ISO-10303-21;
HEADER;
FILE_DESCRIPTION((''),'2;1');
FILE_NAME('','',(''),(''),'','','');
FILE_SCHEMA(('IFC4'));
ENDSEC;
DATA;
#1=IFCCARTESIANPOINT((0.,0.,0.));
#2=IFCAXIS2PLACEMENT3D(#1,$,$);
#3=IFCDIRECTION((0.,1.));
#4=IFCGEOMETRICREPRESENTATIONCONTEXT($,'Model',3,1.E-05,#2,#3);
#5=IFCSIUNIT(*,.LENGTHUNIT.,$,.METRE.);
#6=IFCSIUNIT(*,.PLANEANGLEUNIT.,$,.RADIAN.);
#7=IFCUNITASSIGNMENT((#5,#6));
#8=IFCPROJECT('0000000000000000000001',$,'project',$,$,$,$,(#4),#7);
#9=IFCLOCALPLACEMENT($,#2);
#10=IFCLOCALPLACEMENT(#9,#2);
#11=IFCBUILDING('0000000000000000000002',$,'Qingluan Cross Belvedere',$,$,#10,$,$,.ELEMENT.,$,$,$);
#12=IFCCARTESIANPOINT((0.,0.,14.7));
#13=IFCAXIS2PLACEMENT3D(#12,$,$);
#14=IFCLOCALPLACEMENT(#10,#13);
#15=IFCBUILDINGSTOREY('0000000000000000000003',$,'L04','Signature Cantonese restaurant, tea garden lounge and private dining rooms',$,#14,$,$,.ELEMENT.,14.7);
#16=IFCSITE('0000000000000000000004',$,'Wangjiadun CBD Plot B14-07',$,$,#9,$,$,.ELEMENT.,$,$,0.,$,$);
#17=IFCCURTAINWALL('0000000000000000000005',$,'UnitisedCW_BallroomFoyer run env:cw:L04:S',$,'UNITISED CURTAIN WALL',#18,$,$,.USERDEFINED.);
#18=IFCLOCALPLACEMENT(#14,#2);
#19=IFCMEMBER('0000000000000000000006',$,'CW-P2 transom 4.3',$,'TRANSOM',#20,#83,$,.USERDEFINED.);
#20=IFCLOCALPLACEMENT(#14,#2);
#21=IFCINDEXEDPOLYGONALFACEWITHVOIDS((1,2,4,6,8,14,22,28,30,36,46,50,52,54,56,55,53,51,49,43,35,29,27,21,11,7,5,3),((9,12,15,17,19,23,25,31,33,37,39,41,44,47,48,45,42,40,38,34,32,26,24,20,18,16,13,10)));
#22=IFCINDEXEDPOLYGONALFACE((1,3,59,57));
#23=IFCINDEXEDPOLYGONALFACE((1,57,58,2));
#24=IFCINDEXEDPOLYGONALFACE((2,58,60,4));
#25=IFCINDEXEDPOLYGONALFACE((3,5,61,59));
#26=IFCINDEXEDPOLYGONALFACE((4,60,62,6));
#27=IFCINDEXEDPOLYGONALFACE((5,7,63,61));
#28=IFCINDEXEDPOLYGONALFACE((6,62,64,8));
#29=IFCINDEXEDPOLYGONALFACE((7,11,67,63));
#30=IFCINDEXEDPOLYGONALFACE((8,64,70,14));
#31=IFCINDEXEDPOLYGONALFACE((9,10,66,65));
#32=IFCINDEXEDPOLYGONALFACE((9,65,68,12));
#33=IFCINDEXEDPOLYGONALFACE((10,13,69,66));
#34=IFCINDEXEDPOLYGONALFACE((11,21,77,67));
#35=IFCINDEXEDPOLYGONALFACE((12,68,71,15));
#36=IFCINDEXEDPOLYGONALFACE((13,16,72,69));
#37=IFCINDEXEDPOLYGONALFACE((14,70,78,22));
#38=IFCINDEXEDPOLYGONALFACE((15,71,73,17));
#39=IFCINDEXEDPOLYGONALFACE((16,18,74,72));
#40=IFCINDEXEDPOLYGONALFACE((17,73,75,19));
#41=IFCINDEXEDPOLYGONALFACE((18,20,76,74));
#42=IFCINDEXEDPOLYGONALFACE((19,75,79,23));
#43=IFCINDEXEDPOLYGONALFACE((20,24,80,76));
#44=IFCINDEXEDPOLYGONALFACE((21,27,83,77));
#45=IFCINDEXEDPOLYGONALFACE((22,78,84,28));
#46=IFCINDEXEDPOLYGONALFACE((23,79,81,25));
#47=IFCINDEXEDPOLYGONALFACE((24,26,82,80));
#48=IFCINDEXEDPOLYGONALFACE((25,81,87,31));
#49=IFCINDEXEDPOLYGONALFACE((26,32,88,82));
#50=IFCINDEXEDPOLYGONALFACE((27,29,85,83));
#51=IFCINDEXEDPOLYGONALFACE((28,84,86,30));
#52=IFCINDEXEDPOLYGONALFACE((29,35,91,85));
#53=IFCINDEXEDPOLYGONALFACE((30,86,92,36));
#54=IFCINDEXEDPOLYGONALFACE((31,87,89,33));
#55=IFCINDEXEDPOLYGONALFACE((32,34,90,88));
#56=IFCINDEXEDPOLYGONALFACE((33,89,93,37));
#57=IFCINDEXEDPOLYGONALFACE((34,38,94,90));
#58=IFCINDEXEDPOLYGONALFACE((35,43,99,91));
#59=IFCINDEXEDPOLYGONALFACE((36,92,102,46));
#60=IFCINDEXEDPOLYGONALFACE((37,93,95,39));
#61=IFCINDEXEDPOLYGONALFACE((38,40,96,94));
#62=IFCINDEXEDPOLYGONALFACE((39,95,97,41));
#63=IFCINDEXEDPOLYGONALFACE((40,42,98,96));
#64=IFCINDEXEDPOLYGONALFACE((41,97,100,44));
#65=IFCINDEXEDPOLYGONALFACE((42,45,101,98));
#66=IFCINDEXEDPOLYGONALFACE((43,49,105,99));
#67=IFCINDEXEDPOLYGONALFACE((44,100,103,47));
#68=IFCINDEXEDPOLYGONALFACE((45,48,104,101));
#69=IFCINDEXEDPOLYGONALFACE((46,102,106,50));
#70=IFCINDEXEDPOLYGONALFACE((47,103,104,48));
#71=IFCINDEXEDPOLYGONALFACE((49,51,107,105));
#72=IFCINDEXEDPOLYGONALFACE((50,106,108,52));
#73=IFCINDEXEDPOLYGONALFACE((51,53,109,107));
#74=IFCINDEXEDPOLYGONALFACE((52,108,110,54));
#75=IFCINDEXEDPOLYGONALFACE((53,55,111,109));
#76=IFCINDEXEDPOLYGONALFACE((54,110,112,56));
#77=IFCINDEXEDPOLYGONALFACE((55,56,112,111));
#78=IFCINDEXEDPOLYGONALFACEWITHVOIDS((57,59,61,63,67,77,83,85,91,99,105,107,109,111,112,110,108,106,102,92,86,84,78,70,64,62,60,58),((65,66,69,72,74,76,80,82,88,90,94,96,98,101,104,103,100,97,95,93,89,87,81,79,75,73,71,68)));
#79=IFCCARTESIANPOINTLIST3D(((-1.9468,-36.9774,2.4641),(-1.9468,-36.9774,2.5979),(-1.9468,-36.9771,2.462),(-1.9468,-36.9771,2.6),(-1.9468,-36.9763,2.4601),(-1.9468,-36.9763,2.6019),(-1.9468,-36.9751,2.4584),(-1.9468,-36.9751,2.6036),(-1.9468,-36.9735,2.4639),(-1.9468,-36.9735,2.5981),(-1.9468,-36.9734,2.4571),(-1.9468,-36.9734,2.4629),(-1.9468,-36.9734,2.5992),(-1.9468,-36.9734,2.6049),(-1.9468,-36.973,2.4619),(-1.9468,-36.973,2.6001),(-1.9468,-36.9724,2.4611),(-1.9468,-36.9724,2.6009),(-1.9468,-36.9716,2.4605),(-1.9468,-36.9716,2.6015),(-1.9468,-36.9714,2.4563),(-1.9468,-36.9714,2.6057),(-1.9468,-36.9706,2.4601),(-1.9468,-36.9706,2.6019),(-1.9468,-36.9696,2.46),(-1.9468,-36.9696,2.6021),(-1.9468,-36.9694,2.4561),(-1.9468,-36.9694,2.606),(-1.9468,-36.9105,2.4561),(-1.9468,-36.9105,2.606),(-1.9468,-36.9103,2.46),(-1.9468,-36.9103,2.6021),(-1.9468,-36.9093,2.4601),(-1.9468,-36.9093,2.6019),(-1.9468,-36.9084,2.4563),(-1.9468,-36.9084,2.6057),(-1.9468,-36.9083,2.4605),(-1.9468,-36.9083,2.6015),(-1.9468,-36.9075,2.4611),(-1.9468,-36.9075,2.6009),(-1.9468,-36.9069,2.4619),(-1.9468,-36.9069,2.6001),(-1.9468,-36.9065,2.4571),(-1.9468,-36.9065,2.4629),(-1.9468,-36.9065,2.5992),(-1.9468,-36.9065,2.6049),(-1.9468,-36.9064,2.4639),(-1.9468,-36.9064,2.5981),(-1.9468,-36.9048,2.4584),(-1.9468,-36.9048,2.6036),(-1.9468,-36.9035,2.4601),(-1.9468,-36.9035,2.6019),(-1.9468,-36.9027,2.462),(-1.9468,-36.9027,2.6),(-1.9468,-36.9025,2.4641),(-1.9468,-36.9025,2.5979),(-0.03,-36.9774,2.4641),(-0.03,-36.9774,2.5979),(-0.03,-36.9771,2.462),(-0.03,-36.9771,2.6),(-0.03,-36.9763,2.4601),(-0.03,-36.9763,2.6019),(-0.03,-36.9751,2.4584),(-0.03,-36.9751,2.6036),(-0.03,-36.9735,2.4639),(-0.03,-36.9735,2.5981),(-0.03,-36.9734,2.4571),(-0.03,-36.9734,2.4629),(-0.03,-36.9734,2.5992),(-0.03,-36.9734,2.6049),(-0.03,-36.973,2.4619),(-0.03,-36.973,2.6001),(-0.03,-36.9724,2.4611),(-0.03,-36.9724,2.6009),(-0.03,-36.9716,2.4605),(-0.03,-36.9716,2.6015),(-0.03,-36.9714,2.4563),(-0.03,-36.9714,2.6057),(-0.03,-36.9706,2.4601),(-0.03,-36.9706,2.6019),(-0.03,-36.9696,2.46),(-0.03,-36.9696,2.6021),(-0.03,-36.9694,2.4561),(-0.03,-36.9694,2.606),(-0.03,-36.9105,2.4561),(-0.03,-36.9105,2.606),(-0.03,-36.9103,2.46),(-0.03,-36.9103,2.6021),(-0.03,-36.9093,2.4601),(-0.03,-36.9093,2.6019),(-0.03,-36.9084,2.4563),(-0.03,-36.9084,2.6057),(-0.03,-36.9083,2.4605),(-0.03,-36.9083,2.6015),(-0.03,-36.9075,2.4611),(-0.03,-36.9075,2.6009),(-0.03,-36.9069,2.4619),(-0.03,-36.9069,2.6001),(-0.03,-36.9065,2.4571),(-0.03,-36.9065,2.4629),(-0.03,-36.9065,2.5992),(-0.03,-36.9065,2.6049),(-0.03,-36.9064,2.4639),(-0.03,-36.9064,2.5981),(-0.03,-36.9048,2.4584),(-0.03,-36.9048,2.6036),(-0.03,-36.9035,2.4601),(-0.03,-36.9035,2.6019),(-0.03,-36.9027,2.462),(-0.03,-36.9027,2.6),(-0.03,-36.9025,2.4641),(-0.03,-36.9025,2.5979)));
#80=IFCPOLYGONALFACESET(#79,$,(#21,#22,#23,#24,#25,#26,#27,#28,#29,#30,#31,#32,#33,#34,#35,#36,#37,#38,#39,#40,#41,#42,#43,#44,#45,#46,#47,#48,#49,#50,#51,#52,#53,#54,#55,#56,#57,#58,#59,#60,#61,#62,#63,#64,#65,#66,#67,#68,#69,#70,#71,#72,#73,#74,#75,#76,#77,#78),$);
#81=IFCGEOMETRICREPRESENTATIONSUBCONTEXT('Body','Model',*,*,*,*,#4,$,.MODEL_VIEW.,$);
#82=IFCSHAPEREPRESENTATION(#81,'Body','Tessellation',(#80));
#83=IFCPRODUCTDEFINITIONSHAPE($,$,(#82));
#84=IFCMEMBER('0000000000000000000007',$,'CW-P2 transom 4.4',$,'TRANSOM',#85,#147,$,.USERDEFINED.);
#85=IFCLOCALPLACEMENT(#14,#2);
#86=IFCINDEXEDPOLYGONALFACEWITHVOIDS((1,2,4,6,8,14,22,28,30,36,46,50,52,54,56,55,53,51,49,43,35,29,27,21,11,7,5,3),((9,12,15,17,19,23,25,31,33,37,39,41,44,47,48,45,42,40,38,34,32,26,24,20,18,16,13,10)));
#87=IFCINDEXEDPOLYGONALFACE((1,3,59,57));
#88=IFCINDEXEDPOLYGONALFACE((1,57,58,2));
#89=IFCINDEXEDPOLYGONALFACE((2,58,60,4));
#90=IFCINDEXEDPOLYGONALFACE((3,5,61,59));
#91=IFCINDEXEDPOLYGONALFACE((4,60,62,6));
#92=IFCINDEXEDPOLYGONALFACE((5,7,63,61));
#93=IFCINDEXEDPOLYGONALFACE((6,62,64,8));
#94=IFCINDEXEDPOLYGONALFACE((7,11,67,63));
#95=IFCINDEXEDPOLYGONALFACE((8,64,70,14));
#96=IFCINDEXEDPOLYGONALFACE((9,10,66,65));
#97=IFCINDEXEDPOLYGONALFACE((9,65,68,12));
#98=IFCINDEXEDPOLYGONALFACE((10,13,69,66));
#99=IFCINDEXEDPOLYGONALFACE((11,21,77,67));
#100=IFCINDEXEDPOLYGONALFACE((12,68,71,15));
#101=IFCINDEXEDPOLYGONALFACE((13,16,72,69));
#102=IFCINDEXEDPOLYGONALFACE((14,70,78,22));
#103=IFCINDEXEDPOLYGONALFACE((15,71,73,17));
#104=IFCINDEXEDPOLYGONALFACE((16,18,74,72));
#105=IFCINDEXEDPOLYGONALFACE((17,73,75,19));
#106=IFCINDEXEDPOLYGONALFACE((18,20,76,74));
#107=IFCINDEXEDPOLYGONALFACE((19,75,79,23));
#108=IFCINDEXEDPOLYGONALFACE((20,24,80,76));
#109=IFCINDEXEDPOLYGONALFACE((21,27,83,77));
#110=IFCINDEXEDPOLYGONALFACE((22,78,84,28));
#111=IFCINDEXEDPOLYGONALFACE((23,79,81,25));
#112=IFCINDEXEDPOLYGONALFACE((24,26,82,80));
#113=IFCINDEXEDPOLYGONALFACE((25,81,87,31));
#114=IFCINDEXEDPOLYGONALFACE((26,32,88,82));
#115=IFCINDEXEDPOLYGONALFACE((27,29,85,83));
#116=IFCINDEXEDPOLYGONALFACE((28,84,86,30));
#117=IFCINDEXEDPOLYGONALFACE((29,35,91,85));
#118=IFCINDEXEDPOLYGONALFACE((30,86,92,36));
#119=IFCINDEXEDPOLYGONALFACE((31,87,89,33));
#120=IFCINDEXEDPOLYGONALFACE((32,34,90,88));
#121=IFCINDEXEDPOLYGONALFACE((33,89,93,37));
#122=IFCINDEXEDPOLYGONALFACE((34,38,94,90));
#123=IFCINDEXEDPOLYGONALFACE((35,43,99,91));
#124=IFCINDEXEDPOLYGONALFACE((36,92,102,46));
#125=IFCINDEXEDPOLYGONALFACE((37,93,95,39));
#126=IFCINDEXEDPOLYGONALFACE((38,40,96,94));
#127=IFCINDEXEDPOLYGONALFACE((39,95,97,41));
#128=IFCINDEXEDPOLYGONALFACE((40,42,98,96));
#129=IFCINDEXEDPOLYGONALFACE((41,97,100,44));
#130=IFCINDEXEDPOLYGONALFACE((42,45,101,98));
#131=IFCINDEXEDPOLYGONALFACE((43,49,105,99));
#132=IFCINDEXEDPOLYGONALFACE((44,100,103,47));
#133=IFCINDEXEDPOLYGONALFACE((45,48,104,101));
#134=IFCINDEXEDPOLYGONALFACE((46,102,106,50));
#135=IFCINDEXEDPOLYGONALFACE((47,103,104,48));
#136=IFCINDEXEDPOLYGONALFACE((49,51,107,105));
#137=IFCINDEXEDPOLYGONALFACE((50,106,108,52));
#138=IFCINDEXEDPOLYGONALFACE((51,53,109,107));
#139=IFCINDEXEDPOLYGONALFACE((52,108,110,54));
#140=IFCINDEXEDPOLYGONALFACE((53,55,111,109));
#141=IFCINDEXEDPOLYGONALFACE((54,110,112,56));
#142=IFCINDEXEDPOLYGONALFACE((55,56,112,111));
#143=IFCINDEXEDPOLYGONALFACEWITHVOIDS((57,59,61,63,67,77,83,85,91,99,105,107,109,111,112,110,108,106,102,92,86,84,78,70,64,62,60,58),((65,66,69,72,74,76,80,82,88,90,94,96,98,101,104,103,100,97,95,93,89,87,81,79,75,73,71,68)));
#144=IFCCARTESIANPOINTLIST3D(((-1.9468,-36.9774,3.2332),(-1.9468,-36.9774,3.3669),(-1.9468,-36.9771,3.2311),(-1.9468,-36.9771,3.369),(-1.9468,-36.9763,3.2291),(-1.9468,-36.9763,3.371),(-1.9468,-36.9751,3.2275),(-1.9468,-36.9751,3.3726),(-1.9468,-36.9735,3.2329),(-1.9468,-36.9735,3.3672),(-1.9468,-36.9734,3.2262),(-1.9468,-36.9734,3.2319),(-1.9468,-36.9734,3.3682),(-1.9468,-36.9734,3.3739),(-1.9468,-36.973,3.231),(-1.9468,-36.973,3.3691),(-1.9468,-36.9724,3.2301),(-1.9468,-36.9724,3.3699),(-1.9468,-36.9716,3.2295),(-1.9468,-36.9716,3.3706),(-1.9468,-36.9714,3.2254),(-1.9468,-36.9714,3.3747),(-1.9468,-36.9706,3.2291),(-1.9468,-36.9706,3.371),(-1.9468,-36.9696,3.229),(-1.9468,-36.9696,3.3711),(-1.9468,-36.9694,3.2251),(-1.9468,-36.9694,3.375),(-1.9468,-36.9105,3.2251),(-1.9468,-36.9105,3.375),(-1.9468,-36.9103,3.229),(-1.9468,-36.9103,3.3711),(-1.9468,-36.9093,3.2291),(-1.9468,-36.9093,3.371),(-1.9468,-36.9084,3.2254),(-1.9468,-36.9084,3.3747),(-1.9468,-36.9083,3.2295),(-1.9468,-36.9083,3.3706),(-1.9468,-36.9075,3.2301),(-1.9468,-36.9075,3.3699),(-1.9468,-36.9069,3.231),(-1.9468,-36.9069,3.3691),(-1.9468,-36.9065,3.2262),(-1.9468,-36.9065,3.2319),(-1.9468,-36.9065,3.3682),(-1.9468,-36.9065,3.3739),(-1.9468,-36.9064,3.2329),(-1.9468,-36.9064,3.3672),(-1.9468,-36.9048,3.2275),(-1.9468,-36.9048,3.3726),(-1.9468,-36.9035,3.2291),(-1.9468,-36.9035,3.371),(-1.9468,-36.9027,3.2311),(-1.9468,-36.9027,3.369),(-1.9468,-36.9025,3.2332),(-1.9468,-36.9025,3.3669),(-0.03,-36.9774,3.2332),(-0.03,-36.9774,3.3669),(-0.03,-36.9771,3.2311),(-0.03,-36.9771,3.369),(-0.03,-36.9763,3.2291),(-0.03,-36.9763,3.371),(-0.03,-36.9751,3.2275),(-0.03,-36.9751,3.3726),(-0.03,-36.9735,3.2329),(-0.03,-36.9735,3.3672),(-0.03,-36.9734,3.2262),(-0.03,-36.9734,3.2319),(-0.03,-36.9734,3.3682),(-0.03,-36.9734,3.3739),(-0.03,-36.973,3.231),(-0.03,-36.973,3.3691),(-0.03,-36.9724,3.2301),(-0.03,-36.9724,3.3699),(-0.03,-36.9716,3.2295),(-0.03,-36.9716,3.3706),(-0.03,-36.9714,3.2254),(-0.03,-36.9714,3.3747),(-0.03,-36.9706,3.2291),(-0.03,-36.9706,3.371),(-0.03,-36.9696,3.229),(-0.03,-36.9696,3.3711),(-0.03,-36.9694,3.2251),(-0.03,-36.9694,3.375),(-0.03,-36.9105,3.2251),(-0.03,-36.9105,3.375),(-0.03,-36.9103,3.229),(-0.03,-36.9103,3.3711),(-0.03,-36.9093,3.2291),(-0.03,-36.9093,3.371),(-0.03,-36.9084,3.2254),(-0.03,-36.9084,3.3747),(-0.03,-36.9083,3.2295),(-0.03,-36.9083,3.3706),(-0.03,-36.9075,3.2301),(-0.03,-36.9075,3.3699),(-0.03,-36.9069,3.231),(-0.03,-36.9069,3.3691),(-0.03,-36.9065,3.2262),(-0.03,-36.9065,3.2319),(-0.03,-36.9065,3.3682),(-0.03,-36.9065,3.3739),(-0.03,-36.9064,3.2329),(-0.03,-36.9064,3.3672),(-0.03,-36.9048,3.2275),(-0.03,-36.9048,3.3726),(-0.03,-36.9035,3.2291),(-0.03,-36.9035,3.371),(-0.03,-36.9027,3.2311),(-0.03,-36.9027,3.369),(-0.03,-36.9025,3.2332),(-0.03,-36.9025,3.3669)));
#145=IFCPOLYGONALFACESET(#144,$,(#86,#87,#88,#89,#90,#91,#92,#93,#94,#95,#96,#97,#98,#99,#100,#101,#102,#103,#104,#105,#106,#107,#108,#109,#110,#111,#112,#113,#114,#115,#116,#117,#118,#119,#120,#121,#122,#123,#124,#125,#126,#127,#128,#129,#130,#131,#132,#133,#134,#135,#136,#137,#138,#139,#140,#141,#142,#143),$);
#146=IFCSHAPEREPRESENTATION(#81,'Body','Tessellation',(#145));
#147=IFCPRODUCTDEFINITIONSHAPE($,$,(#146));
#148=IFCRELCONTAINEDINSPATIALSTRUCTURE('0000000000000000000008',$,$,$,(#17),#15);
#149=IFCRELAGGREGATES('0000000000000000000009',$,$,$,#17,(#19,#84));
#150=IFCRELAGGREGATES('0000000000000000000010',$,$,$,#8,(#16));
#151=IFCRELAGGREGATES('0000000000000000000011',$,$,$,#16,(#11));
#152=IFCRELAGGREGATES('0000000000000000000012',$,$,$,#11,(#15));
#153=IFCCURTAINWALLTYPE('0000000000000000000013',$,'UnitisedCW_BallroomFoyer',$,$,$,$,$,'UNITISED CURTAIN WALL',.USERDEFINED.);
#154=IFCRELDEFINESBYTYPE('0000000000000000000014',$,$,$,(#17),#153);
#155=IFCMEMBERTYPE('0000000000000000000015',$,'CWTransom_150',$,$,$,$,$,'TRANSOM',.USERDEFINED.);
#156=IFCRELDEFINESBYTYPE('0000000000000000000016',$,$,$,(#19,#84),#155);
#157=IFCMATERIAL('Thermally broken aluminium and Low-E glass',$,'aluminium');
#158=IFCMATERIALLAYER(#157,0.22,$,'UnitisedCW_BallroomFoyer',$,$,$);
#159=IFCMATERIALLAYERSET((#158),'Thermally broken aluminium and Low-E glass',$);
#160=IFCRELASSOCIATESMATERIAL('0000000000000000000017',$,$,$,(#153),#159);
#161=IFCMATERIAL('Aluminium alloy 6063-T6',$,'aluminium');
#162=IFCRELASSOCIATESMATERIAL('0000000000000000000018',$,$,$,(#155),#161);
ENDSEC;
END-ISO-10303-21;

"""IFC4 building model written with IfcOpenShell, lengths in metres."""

from ifc_helpers import new_model, si_unit, direction, frame, origin, origin_2d, place, context, subcontext, project, spatial, hollow_rectangle, extrude, material, layer, layer_set, material_profile, profile_set, type_object, element, aggregate, save


model = new_model("IFC4")

# Units and contexts
model_context = context("Model", 3, precision=1e-05, world=origin(), true_north=direction((0.0, 1.0)))
body_context = subcontext(model_context, "Body", "Model", "MODEL_VIEW")
ifc_project = project(units=[si_unit("LENGTHUNIT", "METRE"), si_unit("PLANEANGLEUNIT", "RADIAN")], contexts=[model_context])

# Site, building, storey
site_placement = place(None, origin())
site = spatial("IfcSite", under=ifc_project, at=site_placement, Name="Wangjiadun CBD Plot B14-07", CompositionType="ELEMENT", RefElevation=0.0)
building_placement = place(site_placement, origin())
building = spatial("IfcBuilding", under=site, at=building_placement, Name="Qingluan Cross Belvedere", CompositionType="ELEMENT")
storey_placement = place(building_placement, frame((0.0, 0.0, 14.7)))
storey = spatial("IfcBuildingStorey", under=building, at=storey_placement, Name="L04", Description="Signature Cantonese restaurant, tea garden lounge and private dining rooms", CompositionType="ELEMENT", Elevation=14.7)

# Curtain wall, members
ifc_material_1 = material(Name="Thermally broken aluminium and Low-E glass", Category="aluminium")
ifc_layer_1 = layer(ifc_material_1, 0.22, Name="UnitisedCW_BallroomFoyer")
ifc_layer_set_1 = layer_set([ifc_layer_1], Name="Thermally broken aluminium and Low-E glass")
curtain_wall_type = type_object("IfcCurtainWallType", Name="UnitisedCW_BallroomFoyer", ElementType="UNITISED CURTAIN WALL", PredefinedType="USERDEFINED", material=ifc_layer_set_1)
curtain_wall_placement = place(storey_placement, origin())
curtain_wall = element("IfcCurtainWall", 1, at=curtain_wall_placement, inside=storey, type_object=curtain_wall_type, Name="UnitisedCW_BallroomFoyer run env:cw:L04:S", ObjectType="UNITISED CURTAIN WALL", PredefinedType="USERDEFINED")
ifc_material_2 = material(Name="Aluminium alloy 6063-T6", Category="aluminium")
ifc_material_profile_1 = material_profile(ifc_material_2, hollow_rectangle(XDim=0.075, YDim=0.1499, WallThickness=0.0039, InnerFilletRadius=0.0039, OuterFilletRadius=0.0081, at=origin_2d()), Name="CWT150x75x4")
ifc_profile_set_1 = profile_set([ifc_material_profile_1], Name="Aluminium alloy 6063-T6")
member_type_1 = type_object("IfcMemberType", Name="CWTransom_150", ElementType="TRANSOM", PredefinedType="USERDEFINED", material=ifc_profile_set_1)
member_1_placement = place(storey_placement, frame((-0.03, -36.9399, 2.531), z_axis=(-1.0, 0.0, 0.0), x_axis=(0.0, -1.0, 0.0)))
member_1 = element("IfcMember", 2, at=member_1_placement, type_object=member_type_1, Name="CW-P2 transom 4.3", ObjectType="TRANSOM", PredefinedType="USERDEFINED", context=body_context, shape_type="SweptSolid", body=[
    extrude(hollow_rectangle(XDim=0.075, YDim=0.1499, WallThickness=0.0039, InnerFilletRadius=0.0039, OuterFilletRadius=0.0081, at=origin_2d()), origin(), (0.0, 0.0, 1.0), 1.9167),
])
member_2_placement = place(storey_placement, frame((-0.03, -36.9399, 3.3), z_axis=(-1.0, 0.0, 0.0), x_axis=(0.0, -1.0, 0.0)))
member_2 = element("IfcMember", 3, at=member_2_placement, type_object=member_type_1, Name="CW-P2 transom 4.4", ObjectType="TRANSOM", PredefinedType="USERDEFINED", context=body_context, shape_type="SweptSolid", body=[
    extrude(hollow_rectangle(XDim=0.075, YDim=0.1499, WallThickness=0.0039, InnerFilletRadius=0.0039, OuterFilletRadius=0.0081, at=origin_2d()), origin(), (0.0, 0.0, 1.0), 1.9167),
])

aggregate(curtain_wall, [member_1, member_2])

save(model, "model.ifc")
